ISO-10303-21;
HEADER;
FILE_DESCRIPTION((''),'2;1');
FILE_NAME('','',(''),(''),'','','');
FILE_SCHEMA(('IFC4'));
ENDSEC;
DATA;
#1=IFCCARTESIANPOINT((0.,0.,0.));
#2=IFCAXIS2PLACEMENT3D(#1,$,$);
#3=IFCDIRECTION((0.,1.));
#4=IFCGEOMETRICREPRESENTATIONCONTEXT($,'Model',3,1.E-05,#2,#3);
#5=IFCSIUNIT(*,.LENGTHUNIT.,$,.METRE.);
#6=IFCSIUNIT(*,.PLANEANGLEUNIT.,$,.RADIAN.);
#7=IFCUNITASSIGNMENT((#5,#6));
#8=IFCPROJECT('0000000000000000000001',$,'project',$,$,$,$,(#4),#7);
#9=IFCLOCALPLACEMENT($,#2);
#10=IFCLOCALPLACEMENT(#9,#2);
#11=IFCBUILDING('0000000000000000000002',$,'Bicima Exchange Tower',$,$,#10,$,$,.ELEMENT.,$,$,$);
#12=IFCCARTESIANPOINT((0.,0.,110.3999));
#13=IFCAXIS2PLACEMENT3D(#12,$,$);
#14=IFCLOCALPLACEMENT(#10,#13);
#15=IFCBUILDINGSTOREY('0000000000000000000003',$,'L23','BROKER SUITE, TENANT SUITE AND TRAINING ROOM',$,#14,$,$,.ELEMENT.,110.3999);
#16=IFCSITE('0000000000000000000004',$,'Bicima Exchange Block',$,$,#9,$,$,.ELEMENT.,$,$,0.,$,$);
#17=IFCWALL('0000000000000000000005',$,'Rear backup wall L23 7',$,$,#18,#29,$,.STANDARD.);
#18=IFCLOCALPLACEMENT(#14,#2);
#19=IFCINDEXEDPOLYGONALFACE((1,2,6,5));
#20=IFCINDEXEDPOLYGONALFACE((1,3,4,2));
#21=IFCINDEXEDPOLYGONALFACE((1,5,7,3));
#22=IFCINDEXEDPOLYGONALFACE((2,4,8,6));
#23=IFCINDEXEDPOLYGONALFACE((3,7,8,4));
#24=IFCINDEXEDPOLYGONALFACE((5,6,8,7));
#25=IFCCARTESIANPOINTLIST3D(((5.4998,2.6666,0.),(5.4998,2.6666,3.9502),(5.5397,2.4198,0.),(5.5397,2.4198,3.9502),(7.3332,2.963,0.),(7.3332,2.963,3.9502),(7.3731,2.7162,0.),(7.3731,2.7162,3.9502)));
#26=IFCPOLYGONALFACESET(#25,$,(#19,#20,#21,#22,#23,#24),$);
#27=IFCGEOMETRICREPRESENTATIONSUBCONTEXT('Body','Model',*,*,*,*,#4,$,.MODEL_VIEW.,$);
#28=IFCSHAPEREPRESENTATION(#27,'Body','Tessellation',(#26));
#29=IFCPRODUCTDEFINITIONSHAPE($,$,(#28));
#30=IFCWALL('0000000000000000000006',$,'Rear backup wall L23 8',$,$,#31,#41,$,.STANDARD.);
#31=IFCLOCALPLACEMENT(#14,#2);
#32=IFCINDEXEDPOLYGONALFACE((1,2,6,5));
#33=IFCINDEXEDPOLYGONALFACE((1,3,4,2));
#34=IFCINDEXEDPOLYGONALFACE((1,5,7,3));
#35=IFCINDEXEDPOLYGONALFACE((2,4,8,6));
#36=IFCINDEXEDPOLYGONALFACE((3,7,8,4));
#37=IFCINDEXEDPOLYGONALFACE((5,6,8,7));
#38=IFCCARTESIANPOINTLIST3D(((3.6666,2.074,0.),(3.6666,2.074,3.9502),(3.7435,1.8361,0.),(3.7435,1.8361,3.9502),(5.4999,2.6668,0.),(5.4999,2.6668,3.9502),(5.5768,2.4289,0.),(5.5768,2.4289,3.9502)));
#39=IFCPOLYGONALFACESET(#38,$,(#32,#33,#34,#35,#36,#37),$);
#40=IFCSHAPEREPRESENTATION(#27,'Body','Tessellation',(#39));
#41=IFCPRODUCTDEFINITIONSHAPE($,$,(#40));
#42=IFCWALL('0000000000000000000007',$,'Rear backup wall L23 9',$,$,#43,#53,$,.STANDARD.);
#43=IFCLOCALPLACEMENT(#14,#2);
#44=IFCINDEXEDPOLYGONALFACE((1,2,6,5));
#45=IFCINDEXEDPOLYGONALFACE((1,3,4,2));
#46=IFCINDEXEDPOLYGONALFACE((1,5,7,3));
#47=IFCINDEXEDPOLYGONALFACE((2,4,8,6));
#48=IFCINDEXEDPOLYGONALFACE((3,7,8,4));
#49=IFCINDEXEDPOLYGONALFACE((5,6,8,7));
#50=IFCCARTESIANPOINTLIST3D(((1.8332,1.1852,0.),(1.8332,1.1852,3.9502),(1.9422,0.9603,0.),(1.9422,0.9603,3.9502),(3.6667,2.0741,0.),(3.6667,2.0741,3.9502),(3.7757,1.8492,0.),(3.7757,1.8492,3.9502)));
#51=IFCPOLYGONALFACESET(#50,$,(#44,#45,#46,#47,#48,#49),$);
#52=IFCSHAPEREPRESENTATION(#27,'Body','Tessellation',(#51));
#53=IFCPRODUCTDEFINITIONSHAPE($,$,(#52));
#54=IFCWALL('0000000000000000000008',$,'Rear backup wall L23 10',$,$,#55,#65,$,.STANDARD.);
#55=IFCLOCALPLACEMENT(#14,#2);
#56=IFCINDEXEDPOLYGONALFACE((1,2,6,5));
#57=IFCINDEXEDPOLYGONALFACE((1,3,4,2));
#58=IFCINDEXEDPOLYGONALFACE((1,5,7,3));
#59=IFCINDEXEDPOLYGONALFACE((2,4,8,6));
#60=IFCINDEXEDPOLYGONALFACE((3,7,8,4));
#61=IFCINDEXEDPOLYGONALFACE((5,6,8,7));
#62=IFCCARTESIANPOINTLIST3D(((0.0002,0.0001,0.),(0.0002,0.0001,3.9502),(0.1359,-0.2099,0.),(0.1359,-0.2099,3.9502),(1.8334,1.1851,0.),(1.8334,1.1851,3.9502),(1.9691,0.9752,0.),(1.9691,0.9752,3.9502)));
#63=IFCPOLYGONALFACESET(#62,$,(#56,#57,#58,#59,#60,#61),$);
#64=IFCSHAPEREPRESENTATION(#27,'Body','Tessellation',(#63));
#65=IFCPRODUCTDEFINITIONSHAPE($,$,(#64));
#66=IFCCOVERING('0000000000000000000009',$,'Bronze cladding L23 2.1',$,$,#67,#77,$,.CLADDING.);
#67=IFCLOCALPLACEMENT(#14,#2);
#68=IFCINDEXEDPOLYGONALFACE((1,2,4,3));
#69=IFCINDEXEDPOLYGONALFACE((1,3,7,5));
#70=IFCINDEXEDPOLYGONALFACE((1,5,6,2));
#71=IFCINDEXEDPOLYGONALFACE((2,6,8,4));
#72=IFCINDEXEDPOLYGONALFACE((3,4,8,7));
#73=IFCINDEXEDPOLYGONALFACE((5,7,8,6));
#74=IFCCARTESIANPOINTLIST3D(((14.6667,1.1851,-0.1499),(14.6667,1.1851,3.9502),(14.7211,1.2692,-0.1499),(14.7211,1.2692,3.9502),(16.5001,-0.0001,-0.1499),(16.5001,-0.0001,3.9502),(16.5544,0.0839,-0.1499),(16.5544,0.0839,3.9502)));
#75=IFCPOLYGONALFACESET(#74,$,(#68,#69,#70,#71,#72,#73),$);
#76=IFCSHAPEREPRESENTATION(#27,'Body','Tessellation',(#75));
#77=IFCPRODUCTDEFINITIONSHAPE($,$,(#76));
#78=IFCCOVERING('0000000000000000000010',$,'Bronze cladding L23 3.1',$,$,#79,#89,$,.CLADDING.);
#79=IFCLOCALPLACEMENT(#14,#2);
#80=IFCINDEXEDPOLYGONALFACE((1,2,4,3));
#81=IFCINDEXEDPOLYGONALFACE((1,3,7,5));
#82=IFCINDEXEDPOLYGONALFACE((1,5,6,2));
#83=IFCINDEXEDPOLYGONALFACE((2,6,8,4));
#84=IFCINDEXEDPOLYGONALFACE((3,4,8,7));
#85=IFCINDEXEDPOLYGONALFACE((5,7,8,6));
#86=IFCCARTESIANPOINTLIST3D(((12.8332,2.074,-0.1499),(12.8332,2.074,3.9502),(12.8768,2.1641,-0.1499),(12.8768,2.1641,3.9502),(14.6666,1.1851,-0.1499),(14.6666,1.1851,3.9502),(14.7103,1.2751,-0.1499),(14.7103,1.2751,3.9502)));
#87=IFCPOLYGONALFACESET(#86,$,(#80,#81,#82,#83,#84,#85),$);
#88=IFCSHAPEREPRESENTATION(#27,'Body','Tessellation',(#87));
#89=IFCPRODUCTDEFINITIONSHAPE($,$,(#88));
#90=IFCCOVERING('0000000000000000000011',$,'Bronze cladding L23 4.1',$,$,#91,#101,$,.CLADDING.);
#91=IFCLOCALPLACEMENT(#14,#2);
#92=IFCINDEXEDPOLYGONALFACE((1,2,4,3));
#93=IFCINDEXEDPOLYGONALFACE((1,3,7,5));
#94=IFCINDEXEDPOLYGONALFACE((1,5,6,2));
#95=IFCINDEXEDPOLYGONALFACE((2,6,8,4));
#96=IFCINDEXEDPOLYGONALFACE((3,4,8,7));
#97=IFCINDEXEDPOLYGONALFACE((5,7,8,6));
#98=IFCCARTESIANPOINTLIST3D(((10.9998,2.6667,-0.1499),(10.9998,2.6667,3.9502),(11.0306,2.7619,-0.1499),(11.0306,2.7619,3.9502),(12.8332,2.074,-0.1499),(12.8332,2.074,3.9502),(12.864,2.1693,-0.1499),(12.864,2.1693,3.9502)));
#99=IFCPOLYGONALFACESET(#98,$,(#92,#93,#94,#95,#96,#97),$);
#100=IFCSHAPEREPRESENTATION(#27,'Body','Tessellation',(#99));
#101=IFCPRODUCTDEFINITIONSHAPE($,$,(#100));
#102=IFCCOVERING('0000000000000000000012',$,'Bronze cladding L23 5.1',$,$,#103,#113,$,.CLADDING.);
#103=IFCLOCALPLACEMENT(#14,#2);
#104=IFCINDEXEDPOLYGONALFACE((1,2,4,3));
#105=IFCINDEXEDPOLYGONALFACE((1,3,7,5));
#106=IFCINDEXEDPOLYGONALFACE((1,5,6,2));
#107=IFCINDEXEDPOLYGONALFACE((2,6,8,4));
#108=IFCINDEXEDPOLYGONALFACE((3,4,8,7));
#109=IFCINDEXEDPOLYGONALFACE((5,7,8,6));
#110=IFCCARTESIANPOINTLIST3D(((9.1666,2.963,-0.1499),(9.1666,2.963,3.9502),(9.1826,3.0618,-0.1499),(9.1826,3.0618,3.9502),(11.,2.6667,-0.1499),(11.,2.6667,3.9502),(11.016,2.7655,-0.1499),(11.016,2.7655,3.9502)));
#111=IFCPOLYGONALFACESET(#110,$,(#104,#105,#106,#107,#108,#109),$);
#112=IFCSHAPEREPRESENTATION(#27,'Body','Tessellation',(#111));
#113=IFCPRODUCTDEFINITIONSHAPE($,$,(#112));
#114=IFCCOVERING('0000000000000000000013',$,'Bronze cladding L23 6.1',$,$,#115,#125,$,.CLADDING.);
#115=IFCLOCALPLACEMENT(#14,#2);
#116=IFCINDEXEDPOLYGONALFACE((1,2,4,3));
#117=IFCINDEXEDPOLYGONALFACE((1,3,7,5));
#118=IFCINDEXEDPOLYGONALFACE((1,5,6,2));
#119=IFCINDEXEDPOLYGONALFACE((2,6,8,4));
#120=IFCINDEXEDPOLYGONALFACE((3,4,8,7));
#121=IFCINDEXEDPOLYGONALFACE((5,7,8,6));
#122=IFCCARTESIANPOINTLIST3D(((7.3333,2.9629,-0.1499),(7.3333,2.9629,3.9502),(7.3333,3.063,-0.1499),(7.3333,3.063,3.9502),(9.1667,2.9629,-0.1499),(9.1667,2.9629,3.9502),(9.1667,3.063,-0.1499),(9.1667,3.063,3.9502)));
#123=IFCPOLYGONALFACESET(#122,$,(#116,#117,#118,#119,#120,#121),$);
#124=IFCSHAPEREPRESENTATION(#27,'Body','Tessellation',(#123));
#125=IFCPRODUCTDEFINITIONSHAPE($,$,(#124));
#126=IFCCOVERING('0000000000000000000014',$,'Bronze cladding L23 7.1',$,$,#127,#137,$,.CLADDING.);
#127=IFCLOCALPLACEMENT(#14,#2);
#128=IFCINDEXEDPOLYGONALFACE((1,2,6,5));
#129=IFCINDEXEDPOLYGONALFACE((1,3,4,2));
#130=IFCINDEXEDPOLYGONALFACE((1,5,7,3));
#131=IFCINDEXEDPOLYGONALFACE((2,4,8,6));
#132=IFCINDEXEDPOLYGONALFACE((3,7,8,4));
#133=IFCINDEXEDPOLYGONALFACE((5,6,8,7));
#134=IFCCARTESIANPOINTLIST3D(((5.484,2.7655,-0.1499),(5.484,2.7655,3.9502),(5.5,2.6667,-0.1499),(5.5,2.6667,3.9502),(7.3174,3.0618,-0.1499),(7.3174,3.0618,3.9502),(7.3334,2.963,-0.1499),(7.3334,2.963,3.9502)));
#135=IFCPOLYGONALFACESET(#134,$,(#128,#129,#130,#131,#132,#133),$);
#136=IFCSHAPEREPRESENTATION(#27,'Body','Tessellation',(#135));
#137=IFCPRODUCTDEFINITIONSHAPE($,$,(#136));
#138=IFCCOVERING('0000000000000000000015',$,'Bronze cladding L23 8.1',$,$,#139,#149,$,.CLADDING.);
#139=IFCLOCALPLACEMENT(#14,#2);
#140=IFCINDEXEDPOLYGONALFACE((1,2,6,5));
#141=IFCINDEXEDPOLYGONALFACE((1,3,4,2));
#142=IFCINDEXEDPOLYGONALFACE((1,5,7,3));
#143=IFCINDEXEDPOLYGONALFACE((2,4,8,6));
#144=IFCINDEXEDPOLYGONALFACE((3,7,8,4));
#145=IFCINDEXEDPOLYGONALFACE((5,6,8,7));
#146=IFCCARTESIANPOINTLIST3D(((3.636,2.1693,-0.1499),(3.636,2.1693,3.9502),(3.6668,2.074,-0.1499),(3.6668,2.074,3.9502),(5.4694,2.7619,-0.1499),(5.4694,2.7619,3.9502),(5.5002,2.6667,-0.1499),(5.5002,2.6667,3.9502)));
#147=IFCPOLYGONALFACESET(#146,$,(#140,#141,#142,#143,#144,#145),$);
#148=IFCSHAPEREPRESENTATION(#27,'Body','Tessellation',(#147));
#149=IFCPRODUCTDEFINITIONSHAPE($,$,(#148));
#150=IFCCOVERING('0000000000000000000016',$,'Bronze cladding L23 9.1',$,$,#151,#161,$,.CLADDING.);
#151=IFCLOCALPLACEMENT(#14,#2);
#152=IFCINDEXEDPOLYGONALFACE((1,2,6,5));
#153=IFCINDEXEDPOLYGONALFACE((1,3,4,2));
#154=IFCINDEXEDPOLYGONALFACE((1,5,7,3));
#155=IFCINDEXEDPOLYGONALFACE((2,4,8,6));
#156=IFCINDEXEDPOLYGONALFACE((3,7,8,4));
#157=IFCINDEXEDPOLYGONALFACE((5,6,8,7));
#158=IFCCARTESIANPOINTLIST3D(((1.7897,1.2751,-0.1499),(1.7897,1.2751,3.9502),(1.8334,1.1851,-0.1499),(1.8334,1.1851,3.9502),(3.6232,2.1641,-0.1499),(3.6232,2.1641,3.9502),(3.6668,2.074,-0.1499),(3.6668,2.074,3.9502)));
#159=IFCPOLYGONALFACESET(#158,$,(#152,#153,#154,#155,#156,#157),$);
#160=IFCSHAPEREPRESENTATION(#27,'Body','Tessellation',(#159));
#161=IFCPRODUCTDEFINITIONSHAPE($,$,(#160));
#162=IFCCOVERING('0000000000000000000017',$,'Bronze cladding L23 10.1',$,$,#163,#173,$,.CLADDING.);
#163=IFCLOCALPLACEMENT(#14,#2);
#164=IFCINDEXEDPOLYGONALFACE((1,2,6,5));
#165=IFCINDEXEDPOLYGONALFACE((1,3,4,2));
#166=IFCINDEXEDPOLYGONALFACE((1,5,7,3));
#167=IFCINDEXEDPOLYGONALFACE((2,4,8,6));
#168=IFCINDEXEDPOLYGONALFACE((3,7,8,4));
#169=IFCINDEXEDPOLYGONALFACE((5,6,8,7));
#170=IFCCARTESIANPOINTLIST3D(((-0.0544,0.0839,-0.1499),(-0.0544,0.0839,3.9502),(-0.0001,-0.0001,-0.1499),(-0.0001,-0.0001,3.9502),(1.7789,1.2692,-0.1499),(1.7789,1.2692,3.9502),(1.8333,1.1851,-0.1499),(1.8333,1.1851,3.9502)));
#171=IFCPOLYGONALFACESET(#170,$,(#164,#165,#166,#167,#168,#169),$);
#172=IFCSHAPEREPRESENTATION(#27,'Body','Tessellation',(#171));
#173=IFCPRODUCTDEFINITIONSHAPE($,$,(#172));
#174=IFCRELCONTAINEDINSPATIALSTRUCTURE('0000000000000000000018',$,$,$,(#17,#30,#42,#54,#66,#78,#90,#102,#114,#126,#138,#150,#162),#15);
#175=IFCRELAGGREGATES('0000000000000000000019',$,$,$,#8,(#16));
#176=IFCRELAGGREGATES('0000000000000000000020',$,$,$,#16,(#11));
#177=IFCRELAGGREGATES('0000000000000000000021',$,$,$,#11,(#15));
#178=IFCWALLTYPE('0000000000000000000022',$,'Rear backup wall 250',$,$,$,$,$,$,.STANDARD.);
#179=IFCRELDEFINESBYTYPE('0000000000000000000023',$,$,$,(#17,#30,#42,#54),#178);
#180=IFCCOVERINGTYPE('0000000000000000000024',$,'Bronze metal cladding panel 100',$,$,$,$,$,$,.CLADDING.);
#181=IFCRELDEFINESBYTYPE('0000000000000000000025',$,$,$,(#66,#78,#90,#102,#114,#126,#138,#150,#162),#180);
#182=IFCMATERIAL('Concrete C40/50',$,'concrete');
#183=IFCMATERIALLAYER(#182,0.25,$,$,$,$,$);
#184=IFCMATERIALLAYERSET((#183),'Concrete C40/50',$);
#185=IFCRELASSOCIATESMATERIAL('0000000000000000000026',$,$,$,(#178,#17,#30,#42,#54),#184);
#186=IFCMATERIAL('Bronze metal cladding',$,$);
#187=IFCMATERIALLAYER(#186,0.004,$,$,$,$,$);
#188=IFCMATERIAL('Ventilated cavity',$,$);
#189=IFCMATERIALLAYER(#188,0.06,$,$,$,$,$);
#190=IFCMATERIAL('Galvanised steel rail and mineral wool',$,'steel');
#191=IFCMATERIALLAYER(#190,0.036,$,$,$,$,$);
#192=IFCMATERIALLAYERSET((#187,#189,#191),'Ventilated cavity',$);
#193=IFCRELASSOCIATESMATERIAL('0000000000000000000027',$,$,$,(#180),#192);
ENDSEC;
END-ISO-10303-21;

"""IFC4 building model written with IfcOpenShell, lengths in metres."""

from ifc_helpers import new_model, si_unit, direction, frame, frame_2d, origin, origin_2d, place, context, subcontext, project, spatial, rectangle, extrude, material, layer, layer_set, layer_usage, type_object, element, save


model = new_model("IFC4")

# Units and contexts
model_context = context("Model", 3, precision=1e-05, world=origin(), true_north=direction((0.0, 1.0)))
body_context = subcontext(model_context, "Body", "Model", "MODEL_VIEW")
ifc_project = project(units=[si_unit("LENGTHUNIT", "METRE"), si_unit("PLANEANGLEUNIT", "RADIAN")], contexts=[model_context])

# Site, building, storey
site_placement = place(None, origin())
site = spatial("IfcSite", under=ifc_project, at=site_placement, Name="Bicima Exchange Block", CompositionType="ELEMENT", RefElevation=0.0)
building_placement = place(site_placement, origin())
building = spatial("IfcBuilding", under=site, at=building_placement, Name="Bicima Exchange Tower", CompositionType="ELEMENT")
storey_placement = place(building_placement, frame((0.0, 0.0, 110.3999)))
storey = spatial("IfcBuildingStorey", under=building, at=storey_placement, Name="L23", Description="BROKER SUITE, TENANT SUITE AND TRAINING ROOM", CompositionType="ELEMENT", Elevation=110.3999)

# Walls
ifc_material_1 = material(Name="Concrete C40/50", Category="concrete")
ifc_layer_1 = layer(ifc_material_1, 0.25)
ifc_layer_set_1 = layer_set([ifc_layer_1], Name="Concrete C40/50")
ifc_layer_usage = layer_usage(ifc_layer_set_1, "AXIS2", "POSITIVE", -0.125)
wall_type = type_object("IfcWallType", Name="Rear backup wall 250", PredefinedType="STANDARD", material=ifc_layer_set_1)
wall_1_placement = place(storey_placement, frame((7.3533, 2.8396, 0.0), z_axis=(0.0, 0.0, 1.0), x_axis=(-0.987182, -0.1596, 0.0)))
element("IfcWall", 1, at=wall_1_placement, inside=storey, type_object=wall_type, material=ifc_layer_usage, Name="Rear backup wall L23 7", PredefinedType="STANDARD", context=body_context, shape_type="SweptSolid", body=[
    extrude(rectangle(XDim=1.8572, YDim=0.25, at=frame_2d((0.9287, 0.0))), origin(), (0.0, 0.0, 1.0), 3.9502),
])
wall_2_placement = place(storey_placement, frame((5.5383, 2.5479, 0.0), z_axis=(0.0, 0.0, 1.0), x_axis=(-0.951496, -0.307662, 0.0)))
element("IfcWall", 2, at=wall_2_placement, inside=storey, type_object=wall_type, material=ifc_layer_usage, Name="Rear backup wall L23 8", PredefinedType="STANDARD", context=body_context, shape_type="SweptSolid", body=[
    extrude(rectangle(XDim=1.9268, YDim=0.25, at=frame_2d((0.9634, 0.0))), origin(), (0.0, 0.0, 1.0), 3.9502),
])
wall_3_placement = place(storey_placement, frame((3.7212, 1.9617, 0.0), z_axis=(0.0, 0.0, 1.0), x_axis=(-0.899824, -0.436253, 0.0)))
element("IfcWall", 3, at=wall_3_placement, inside=storey, type_object=wall_type, material=ifc_layer_usage, Name="Rear backup wall L23 9", PredefinedType="STANDARD", context=body_context, shape_type="SweptSolid", body=[
    extrude(rectangle(XDim=2.0376, YDim=0.25, at=frame_2d((1.0188, 0.0))), origin(), (0.0, 0.0, 1.0), 3.9502),
])
wall_4_placement = place(storey_placement, frame((1.9011, 1.0801, 0.0), z_axis=(0.0, 0.0, 1.0), x_axis=(-0.839813, -0.542876, 0.0)))
element("IfcWall", 4, at=wall_4_placement, inside=storey, type_object=wall_type, material=ifc_layer_usage, Name="Rear backup wall L23 10", PredefinedType="STANDARD", context=body_context, shape_type="SweptSolid", body=[
    extrude(rectangle(XDim=2.1829, YDim=0.25, at=frame_2d((1.0913, 0.0))), origin(), (0.0, 0.0, 1.0), 3.9502),
])

# Coverings
ifc_material_2 = material(Name="Bronze metal cladding")
ifc_layer_2 = layer(ifc_material_2, 0.004)
ifc_material_3 = material(Name="Ventilated cavity")
ifc_layer_3 = layer(ifc_material_3, 0.06)
ifc_material_4 = material(Name="Galvanised steel rail and mineral wool", Category="steel")
ifc_layer_4 = layer(ifc_material_4, 0.036)
ifc_layer_set_2 = layer_set([ifc_layer_2, ifc_layer_3, ifc_layer_4], Name="Ventilated cavity")
covering_type = type_object("IfcCoveringType", Name="Bronze metal cladding panel 100", PredefinedType="CLADDING", material=ifc_layer_set_2)
covering_1_placement = place(storey_placement, frame((15.6106, 0.6345, -0.1499), z_axis=(0.0, 0.0, 1.0), x_axis=(-0.83979, 0.542911, 0.0)))
element("IfcCovering", 5, at=covering_1_placement, inside=storey, type_object=covering_type, Name="Bronze cladding L23 2.1", PredefinedType="CLADDING", context=body_context, shape_type="SweptSolid", body=[
    extrude(rectangle(XDim=2.1831, YDim=0.1001, at=origin_2d()), origin(), (0.0, 0.0, 1.0), 4.1001),
])
covering_2_placement = place(storey_placement, frame((13.7717, 1.6746, -0.1499), z_axis=(0.0, 0.0, 1.0), x_axis=(-0.899818, 0.436265, 0.0)))
element("IfcCovering", 6, at=covering_2_placement, inside=storey, type_object=covering_type, Name="Bronze cladding L23 3.1", PredefinedType="CLADDING", context=body_context, shape_type="SweptSolid", body=[
    extrude(rectangle(XDim=2.0376, YDim=0.1001, at=origin_2d()), origin(), (0.0, 0.0, 1.0), 4.1001),
])
covering_3_placement = place(storey_placement, frame((11.9319, 2.418, -0.1499), z_axis=(0.0, 0.0, 1.0), x_axis=(-0.951525, 0.307573, 0.0)))
element("IfcCovering", 7, at=covering_3_placement, inside=storey, type_object=covering_type, Name="Bronze cladding L23 4.1", PredefinedType="CLADDING", context=body_context, shape_type="SweptSolid", body=[
    extrude(rectangle(XDim=1.9268, YDim=0.1001, at=origin_2d()), origin(), (0.0, 0.0, 1.0), 4.1001),
])
covering_4_placement = place(storey_placement, frame((10.0913, 2.8643, -0.1499), z_axis=(0.0, 0.0, 1.0), x_axis=(-0.98719, 0.15955, 0.0)))
element("IfcCovering", 8, at=covering_4_placement, inside=storey, type_object=covering_type, Name="Bronze cladding L23 5.1", PredefinedType="CLADDING", context=body_context, shape_type="SweptSolid", body=[
    extrude(rectangle(XDim=1.8572, YDim=0.1001, at=origin_2d()), origin(), (0.0, 0.0, 1.0), 4.1001),
])
covering_5_placement = place(storey_placement, frame((8.25, 3.0129, -0.1499), z_axis=(0.0, 0.0, 1.0), x_axis=(-1.0, 0.0, 0.0)))
element("IfcCovering", 9, at=covering_5_placement, inside=storey, type_object=covering_type, Name="Bronze cladding L23 6.1", PredefinedType="CLADDING", context=body_context, shape_type="SweptSolid", body=[
    extrude(rectangle(XDim=1.8335, YDim=0.1001, at=origin_2d()), origin(), (0.0, 0.0, 1.0), 4.1001),
])
covering_6_placement = place(storey_placement, frame((6.4087, 2.8643, -0.1499), z_axis=(0.0, 0.0, 1.0), x_axis=(-0.98719, -0.15955, 0.0)))
element("IfcCovering", 10, at=covering_6_placement, inside=storey, type_object=covering_type, Name="Bronze cladding L23 7.1", PredefinedType="CLADDING", context=body_context, shape_type="SweptSolid", body=[
    extrude(rectangle(XDim=1.8572, YDim=0.1001, at=origin_2d()), origin(), (0.0, 0.0, 1.0), 4.1001),
])
covering_7_placement = place(storey_placement, frame((4.5681, 2.418, -0.1499), z_axis=(0.0, 0.0, 1.0), x_axis=(-0.951525, -0.307573, 0.0)))
element("IfcCovering", 11, at=covering_7_placement, inside=storey, type_object=covering_type, Name="Bronze cladding L23 8.1", PredefinedType="CLADDING", context=body_context, shape_type="SweptSolid", body=[
    extrude(rectangle(XDim=1.9268, YDim=0.1001, at=origin_2d()), origin(), (0.0, 0.0, 1.0), 4.1001),
])
covering_8_placement = place(storey_placement, frame((2.7283, 1.6746, -0.1499), z_axis=(0.0, 0.0, 1.0), x_axis=(-0.899818, -0.436265, 0.0)))
element("IfcCovering", 12, at=covering_8_placement, inside=storey, type_object=covering_type, Name="Bronze cladding L23 9.1", PredefinedType="CLADDING", context=body_context, shape_type="SweptSolid", body=[
    extrude(rectangle(XDim=2.0376, YDim=0.1001, at=origin_2d()), origin(), (0.0, 0.0, 1.0), 4.1001),
])
covering_9_placement = place(storey_placement, frame((0.8894, 0.6345, -0.1499), z_axis=(0.0, 0.0, 1.0), x_axis=(-0.83979, -0.542911, 0.0)))
element("IfcCovering", 13, at=covering_9_placement, inside=storey, type_object=covering_type, Name="Bronze cladding L23 10.1", PredefinedType="CLADDING", context=body_context, shape_type="SweptSolid", body=[
    extrude(rectangle(XDim=2.1831, YDim=0.1001, at=origin_2d()), origin(), (0.0, 0.0, 1.0), 4.1001),
])

save(model, "model.ifc")
